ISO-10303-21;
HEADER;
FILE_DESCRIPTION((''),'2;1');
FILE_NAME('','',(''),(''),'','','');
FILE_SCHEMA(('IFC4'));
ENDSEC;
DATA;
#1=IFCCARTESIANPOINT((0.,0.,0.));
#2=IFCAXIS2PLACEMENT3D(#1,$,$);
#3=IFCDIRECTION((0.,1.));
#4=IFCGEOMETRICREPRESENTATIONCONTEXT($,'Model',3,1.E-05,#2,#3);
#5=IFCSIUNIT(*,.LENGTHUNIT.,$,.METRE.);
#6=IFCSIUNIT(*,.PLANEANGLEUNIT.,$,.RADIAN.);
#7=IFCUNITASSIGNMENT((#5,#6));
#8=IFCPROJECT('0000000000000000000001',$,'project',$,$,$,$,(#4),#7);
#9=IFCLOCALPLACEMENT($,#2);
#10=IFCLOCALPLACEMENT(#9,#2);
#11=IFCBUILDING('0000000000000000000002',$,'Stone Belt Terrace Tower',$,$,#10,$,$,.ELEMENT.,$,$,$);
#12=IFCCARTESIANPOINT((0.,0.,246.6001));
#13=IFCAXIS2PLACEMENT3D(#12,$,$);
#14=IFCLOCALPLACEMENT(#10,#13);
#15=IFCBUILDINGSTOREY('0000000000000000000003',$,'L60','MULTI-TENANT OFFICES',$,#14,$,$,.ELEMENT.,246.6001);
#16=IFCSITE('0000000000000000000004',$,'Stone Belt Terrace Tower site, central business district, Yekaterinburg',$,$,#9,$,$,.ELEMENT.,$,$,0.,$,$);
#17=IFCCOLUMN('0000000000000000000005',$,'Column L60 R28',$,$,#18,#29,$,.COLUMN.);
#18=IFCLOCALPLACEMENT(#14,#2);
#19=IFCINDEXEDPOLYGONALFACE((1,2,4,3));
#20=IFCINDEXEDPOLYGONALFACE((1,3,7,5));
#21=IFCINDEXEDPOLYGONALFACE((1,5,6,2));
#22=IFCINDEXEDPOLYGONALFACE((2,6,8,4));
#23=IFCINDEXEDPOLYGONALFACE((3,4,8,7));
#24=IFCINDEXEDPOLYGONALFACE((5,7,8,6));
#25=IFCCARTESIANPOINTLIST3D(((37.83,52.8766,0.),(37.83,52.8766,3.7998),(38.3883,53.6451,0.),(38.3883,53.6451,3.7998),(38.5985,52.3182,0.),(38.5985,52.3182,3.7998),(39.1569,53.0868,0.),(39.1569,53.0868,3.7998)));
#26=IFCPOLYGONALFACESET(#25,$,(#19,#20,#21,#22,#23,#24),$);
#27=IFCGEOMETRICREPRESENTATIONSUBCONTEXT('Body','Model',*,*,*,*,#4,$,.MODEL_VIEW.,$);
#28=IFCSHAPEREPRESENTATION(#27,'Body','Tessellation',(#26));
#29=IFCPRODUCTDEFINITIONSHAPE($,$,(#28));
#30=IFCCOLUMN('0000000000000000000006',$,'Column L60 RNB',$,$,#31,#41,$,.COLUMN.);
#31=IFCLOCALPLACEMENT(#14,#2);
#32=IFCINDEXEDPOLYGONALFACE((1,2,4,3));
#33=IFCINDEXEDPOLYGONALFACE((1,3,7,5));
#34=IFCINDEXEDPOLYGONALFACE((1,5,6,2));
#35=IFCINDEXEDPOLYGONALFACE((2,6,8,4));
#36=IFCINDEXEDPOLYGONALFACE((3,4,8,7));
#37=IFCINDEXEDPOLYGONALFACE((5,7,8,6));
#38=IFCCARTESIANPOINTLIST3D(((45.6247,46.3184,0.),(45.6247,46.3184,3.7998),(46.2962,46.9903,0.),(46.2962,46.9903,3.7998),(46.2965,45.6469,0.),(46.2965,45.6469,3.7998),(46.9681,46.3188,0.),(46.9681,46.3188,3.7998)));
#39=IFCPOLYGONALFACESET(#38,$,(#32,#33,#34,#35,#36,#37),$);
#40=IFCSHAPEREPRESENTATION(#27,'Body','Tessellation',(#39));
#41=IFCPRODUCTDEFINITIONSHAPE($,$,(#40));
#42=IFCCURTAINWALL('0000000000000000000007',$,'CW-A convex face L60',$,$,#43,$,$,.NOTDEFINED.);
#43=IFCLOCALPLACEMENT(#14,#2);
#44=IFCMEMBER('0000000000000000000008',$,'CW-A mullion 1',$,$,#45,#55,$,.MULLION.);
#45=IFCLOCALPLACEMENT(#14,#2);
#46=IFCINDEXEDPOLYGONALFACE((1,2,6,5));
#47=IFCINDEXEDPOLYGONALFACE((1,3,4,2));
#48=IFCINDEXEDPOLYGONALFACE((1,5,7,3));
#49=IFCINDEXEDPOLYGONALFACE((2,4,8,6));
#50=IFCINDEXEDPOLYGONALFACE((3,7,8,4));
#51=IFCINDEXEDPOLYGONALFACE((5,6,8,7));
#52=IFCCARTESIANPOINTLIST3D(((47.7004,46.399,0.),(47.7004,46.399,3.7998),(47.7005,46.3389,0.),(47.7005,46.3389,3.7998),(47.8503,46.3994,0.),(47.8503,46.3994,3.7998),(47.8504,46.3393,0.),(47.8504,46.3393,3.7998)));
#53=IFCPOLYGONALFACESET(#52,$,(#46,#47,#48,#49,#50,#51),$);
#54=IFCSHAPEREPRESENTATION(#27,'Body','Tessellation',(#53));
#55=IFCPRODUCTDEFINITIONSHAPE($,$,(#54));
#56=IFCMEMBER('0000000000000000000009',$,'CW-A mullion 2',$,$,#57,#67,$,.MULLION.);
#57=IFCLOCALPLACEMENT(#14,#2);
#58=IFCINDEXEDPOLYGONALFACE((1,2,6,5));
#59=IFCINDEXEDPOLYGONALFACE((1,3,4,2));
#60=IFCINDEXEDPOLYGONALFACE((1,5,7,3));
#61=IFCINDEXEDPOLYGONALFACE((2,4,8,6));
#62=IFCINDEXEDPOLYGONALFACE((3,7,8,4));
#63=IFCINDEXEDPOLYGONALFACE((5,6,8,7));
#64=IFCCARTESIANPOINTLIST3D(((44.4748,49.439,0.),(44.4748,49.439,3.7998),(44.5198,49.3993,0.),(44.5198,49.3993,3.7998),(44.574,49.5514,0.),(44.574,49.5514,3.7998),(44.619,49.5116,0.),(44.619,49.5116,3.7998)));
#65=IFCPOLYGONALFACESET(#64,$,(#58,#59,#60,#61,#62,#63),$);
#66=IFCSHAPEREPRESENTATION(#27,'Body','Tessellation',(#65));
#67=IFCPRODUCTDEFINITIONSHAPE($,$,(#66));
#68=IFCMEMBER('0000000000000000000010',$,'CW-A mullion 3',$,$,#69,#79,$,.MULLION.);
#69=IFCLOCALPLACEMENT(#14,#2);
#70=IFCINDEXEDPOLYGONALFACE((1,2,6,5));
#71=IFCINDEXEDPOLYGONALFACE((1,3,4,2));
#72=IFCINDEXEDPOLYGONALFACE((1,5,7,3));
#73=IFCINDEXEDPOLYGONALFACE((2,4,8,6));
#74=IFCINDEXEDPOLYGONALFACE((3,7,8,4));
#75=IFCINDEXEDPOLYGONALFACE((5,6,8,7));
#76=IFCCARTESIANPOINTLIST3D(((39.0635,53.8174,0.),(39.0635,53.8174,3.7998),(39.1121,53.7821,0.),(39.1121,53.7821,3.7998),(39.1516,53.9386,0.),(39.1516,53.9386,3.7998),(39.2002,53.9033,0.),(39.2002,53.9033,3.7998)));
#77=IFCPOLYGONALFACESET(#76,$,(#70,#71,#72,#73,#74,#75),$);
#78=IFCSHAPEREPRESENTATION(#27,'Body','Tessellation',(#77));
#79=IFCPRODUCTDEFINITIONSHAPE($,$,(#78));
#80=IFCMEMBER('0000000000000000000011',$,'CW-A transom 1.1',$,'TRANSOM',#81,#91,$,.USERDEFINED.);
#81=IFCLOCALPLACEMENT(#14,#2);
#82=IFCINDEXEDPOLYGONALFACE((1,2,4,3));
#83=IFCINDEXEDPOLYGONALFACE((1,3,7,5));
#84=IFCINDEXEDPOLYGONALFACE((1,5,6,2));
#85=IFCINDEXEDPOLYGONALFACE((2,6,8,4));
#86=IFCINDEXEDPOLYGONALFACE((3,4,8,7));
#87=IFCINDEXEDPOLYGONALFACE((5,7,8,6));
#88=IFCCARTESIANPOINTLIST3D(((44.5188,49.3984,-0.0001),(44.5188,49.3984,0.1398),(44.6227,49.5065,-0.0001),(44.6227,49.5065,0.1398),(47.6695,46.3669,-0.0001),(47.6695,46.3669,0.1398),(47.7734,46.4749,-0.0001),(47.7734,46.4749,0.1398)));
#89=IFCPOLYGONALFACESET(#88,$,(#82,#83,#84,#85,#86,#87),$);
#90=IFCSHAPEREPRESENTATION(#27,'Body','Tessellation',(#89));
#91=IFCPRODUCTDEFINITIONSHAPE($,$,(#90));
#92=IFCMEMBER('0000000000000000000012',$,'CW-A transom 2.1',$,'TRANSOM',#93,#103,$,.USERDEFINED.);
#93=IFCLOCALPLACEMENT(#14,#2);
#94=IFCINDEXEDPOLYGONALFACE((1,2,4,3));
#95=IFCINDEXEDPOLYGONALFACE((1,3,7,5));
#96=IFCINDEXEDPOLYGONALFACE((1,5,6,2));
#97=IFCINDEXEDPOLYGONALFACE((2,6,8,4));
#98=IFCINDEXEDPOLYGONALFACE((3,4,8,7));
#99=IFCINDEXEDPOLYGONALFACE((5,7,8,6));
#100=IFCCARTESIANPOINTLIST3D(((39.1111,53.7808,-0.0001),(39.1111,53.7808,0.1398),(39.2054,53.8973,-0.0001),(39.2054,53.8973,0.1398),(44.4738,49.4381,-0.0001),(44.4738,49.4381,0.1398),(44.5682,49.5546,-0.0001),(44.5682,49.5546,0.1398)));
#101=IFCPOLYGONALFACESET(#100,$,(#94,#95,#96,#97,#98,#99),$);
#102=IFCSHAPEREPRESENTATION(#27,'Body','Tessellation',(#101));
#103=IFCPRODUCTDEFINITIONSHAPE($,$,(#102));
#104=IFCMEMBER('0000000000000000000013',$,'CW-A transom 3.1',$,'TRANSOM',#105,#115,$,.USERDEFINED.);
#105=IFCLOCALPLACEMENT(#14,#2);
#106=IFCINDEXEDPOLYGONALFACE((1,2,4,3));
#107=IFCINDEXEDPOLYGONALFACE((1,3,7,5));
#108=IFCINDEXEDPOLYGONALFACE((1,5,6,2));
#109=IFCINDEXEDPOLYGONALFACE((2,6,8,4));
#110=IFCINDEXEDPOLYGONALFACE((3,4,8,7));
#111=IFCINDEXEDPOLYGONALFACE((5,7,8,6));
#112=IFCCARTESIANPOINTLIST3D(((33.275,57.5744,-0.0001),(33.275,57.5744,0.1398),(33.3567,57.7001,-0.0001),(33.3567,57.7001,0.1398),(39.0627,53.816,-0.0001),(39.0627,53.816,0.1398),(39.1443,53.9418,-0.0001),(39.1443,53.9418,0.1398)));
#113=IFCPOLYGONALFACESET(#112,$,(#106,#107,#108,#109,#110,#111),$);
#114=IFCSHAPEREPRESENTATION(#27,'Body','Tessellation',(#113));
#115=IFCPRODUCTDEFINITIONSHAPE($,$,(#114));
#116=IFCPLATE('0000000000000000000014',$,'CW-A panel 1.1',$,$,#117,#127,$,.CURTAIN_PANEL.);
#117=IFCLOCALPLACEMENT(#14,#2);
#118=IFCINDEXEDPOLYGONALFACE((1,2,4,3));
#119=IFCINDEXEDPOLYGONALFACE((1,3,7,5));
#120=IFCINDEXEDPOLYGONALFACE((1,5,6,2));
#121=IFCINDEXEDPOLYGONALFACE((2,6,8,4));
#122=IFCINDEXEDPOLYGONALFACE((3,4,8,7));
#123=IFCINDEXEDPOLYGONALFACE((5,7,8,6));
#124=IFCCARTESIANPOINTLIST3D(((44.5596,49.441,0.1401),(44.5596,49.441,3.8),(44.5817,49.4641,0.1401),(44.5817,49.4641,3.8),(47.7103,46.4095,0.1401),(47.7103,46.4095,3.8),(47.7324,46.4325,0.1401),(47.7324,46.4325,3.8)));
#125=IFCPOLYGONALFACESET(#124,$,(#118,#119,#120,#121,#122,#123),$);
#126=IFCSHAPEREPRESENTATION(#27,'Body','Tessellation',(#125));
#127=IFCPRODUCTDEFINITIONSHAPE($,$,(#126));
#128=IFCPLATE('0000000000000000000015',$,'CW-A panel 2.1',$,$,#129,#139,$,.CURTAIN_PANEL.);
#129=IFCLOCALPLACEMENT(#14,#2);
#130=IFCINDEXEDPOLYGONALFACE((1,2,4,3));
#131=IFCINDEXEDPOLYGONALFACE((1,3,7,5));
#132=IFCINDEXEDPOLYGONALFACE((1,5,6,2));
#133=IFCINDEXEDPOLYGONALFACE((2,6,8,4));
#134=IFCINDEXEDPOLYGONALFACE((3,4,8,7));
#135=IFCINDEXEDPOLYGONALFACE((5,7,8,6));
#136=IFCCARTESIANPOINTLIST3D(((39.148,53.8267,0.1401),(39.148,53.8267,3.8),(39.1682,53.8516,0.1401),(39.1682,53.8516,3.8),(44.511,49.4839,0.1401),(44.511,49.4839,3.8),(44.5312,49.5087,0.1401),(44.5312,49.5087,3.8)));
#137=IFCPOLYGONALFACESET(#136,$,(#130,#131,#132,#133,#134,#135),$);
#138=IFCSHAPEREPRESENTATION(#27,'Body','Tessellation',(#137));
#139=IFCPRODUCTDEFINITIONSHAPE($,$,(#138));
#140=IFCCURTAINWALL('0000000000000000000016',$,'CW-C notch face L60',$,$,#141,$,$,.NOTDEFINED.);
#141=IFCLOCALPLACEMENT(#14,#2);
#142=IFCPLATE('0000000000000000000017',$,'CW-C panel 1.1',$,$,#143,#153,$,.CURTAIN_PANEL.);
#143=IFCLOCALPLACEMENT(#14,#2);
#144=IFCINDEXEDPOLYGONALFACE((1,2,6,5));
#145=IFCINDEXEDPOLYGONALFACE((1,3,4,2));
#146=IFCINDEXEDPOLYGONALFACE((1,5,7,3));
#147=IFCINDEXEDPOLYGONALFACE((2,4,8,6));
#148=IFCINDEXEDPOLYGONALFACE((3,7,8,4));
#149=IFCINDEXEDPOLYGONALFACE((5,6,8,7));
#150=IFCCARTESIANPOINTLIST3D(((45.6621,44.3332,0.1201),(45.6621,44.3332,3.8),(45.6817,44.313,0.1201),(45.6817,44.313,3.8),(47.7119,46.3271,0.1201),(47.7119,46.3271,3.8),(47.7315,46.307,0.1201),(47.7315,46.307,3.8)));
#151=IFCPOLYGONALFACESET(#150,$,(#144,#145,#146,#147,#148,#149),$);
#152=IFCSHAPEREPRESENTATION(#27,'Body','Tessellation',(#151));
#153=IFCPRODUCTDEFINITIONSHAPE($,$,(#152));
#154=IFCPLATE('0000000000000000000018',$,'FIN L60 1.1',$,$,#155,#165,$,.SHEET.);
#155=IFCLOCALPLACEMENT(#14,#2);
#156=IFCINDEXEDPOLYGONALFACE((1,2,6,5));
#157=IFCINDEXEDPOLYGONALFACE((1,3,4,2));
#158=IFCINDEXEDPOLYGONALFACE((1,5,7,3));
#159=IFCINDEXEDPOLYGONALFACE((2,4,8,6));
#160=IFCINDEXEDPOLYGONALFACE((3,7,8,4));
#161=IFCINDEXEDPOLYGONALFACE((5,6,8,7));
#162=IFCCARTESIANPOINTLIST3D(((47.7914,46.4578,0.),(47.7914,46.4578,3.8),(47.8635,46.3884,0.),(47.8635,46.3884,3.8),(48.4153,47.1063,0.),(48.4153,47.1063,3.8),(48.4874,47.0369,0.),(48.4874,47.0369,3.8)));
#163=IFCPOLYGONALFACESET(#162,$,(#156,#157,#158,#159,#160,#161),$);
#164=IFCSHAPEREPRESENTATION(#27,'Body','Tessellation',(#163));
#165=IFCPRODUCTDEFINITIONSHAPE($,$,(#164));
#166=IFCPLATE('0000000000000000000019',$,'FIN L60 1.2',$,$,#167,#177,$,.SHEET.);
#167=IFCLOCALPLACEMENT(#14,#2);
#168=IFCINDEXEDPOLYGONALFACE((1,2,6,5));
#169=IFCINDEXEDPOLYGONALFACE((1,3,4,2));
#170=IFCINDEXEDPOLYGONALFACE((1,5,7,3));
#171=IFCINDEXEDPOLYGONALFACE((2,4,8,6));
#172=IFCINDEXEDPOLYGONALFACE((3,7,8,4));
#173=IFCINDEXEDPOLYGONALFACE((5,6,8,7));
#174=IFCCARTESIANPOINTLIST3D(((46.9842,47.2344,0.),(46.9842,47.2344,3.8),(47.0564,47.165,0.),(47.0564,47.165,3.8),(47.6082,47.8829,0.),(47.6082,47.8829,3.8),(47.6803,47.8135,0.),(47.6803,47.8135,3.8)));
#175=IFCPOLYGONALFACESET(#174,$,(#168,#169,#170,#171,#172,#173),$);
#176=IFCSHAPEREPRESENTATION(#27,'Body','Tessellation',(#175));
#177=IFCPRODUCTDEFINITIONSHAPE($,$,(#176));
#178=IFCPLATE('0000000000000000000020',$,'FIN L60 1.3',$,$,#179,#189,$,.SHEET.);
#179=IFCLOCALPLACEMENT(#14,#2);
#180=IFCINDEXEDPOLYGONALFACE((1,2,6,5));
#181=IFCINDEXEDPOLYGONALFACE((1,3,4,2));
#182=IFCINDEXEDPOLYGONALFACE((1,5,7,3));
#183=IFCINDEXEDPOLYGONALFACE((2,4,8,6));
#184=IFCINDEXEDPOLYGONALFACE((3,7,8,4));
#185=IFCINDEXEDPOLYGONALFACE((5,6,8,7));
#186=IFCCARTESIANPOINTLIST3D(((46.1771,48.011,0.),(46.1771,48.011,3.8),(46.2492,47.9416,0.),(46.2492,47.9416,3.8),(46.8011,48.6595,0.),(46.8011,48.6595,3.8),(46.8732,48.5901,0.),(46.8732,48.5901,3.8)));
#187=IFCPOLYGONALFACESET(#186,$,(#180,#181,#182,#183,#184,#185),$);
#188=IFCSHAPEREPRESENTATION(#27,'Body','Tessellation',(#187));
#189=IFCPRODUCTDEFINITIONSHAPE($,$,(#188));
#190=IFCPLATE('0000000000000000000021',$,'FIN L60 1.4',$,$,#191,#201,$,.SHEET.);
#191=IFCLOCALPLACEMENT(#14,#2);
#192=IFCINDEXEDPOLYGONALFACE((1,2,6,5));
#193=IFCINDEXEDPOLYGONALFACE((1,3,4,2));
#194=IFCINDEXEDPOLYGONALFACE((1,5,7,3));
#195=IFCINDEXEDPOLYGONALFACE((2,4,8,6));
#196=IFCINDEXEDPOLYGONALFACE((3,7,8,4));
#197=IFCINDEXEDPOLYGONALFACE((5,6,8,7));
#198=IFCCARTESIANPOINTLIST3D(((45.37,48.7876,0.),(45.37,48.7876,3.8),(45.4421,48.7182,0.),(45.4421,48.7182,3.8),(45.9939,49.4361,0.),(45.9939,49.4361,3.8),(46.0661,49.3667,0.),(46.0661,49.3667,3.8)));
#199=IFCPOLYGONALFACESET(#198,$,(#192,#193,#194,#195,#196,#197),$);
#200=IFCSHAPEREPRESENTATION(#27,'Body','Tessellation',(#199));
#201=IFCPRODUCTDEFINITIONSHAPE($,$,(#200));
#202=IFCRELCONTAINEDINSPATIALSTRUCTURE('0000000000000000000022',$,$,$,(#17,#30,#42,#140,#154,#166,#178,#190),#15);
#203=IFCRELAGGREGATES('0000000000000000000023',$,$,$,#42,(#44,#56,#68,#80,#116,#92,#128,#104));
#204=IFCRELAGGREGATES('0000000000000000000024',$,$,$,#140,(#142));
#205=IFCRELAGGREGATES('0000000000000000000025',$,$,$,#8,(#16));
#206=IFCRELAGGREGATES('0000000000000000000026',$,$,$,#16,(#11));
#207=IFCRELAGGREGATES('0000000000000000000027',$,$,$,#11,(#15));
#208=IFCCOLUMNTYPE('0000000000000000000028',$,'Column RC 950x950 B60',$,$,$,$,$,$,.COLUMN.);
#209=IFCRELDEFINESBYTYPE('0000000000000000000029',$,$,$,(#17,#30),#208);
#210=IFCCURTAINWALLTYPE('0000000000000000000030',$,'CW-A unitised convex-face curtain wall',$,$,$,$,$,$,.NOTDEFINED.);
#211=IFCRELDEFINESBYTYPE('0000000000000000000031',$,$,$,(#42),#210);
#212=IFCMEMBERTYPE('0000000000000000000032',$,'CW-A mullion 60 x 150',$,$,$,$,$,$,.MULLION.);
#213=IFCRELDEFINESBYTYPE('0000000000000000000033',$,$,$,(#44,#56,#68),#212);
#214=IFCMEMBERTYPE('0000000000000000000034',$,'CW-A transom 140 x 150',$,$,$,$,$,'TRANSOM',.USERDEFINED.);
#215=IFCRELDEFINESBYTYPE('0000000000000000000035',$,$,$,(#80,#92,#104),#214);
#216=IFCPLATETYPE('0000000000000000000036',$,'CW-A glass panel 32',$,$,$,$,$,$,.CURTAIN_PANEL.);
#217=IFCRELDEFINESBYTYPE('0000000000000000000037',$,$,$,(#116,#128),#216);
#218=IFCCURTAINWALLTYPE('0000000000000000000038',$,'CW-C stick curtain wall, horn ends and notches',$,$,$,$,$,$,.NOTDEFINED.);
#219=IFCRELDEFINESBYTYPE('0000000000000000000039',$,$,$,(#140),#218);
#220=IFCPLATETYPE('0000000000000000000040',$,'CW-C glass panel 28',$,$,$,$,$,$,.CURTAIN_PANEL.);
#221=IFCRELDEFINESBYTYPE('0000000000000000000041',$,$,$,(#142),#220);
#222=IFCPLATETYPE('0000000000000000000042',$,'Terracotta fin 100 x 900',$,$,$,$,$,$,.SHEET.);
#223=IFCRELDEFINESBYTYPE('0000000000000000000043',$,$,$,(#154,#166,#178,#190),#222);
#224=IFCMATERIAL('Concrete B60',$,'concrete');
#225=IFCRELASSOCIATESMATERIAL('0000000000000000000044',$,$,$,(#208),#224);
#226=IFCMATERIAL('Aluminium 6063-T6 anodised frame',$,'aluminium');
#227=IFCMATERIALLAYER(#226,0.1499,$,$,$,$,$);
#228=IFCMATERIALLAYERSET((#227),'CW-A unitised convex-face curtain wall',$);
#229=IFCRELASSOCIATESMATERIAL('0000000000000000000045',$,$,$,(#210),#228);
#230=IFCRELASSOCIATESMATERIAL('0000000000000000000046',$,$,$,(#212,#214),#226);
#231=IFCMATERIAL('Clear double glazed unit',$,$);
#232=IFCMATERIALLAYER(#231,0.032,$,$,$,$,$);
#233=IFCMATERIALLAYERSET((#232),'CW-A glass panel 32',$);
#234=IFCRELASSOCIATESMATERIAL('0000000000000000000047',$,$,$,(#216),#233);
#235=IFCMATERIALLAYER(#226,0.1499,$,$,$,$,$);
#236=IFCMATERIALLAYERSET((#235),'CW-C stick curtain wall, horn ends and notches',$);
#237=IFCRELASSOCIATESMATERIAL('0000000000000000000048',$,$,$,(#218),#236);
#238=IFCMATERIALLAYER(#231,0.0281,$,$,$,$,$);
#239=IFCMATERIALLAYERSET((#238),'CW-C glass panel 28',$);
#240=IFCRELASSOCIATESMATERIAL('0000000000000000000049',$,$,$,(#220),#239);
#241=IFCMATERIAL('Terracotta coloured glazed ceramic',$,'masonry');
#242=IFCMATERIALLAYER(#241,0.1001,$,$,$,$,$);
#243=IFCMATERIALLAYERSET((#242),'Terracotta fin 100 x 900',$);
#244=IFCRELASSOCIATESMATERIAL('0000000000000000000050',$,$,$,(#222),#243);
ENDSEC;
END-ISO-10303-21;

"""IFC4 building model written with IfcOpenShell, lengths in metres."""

from ifc_helpers import new_model, si_unit, direction, frame, origin, origin_2d, place, context, subcontext, project, spatial, rectangle, extrude, material, layer, layer_set, material_profile, profile_set, type_object, element, aggregate, save


model = new_model("IFC4")

# Units and contexts
model_context = context("Model", 3, precision=1e-05, world=origin(), true_north=direction((0.0, 1.0)))
body_context = subcontext(model_context, "Body", "Model", "MODEL_VIEW")
ifc_project = project(units=[si_unit("LENGTHUNIT", "METRE"), si_unit("PLANEANGLEUNIT", "RADIAN")], contexts=[model_context])

# Site, building, storey
site_placement = place(None, origin())
site = spatial("IfcSite", under=ifc_project, at=site_placement, Name="Stone Belt Terrace Tower site, central business district, Yekaterinburg", CompositionType="ELEMENT", RefElevation=0.0)
building_placement = place(site_placement, origin())
building = spatial("IfcBuilding", under=site, at=building_placement, Name="Stone Belt Terrace Tower", CompositionType="ELEMENT")
storey_placement = place(building_placement, frame((0.0, 0.0, 246.6001)))
storey = spatial("IfcBuildingStorey", under=building, at=storey_placement, Name="L60", Description="MULTI-TENANT OFFICES", CompositionType="ELEMENT", Elevation=246.6001)

# Columns
ifc_material_1 = material(Name="Concrete B60", Category="concrete")
ifc_material_profile_1 = material_profile(ifc_material_1, rectangle(XDim=0.95, YDim=0.95, at=origin_2d()), Name="RC 950x950")
ifc_profile_set_1 = profile_set([ifc_material_profile_1], Name="Concrete B60")
column_type = type_object("IfcColumnType", Name="Column RC 950x950 B60", PredefinedType="COLUMN", material=ifc_profile_set_1)
for number, where, z_axis, x_axis, name in (
    (1, (38.4934, 52.9817, 0.0), (0.0, 0.0, 1.0), (0.809017, -0.587785, 0.0), "Column L60 R28"),
    (2, (46.2964, 46.3186, 0.0), (0.0, 0.0, 1.0), (0.707276, -0.706938, 0.0), "Column L60 RNB"),
):
    element("IfcColumn", number, at=place(storey_placement, frame(where, z_axis=z_axis, x_axis=x_axis)), inside=storey, type_object=column_type, Name=name, PredefinedType="COLUMN", context=body_context, shape_type="SweptSolid", body=[
        extrude(rectangle(XDim=0.95, YDim=0.95, at=origin_2d()), origin(), (0.0, 0.0, 1.0), 3.7998),
    ])

# Curtain wall, members, plates
ifc_material_2 = material(Name="Aluminium 6063-T6 anodised frame", Category="aluminium")
ifc_layer_1 = layer(ifc_material_2, 0.1499)
ifc_layer_set_1 = layer_set([ifc_layer_1], Name="CW-A unitised convex-face curtain wall")
curtain_wall_type_1 = type_object("IfcCurtainWallType", Name="CW-A unitised convex-face curtain wall", PredefinedType="NOTDEFINED", material=ifc_layer_set_1)
curtain_wall_1_placement = place(storey_placement, origin())
curtain_wall_1 = element("IfcCurtainWall", 3, at=curtain_wall_1_placement, inside=storey, type_object=curtain_wall_type_1, Name="CW-A convex face L60", PredefinedType="NOTDEFINED")
ifc_material_profile_2 = material_profile(ifc_material_2, rectangle(XDim=0.1499, YDim=0.0601, at=origin_2d()), Name="Aluminium 6063-T6 60x150")
ifc_profile_set_2 = profile_set([ifc_material_profile_2], Name="Aluminium 6063-T6 anodised frame")
member_type_1 = type_object("IfcMemberType", Name="CW-A mullion 60 x 150", PredefinedType="MULLION", material=ifc_profile_set_2)
member_1_placement = place(storey_placement, frame((47.7754, 46.3691, 0.0), z_axis=(0.0, 0.0, 1.0), x_axis=(-0.999996, -0.002733, 0.0)))
member_1 = element("IfcMember", 4, at=member_1_placement, type_object=member_type_1, Name="CW-A mullion 1", PredefinedType="MULLION", context=body_context, shape_type="SweptSolid", body=[
    extrude(rectangle(XDim=0.1499, YDim=0.0601, at=origin_2d()), origin(), (0.0, 0.0, 1.0), 3.7998),
])
member_2_placement = place(storey_placement, frame((44.5469, 49.4753, 0.0), z_axis=(0.0, 0.0, 1.0), x_axis=(-0.661937, -0.749559, 0.0)))
member_2 = element("IfcMember", 5, at=member_2_placement, type_object=member_type_1, Name="CW-A mullion 2", PredefinedType="MULLION", context=body_context, shape_type="SweptSolid", body=[
    extrude(rectangle(XDim=0.1499, YDim=0.0601, at=origin_2d()), origin(), (0.0, 0.0, 1.0), 3.7998),
])
member_3_placement = place(storey_placement, frame((39.1318, 53.8604, 0.0), z_axis=(0.0, 0.0, 1.0), x_axis=(-0.587785, -0.809017, 0.0)))
member_3 = element("IfcMember", 6, at=member_3_placement, type_object=member_type_1, Name="CW-A mullion 3", PredefinedType="MULLION", context=body_context, shape_type="SweptSolid", body=[
    extrude(rectangle(XDim=0.1499, YDim=0.0601, at=origin_2d()), origin(), (0.0, 0.0, 1.0), 3.7998),
])
ifc_material_profile_3 = material_profile(ifc_material_2, rectangle(XDim=0.1499, YDim=0.1399, at=origin_2d()), Name="Aluminium 6063-T6 150x140")
ifc_profile_set_3 = profile_set([ifc_material_profile_3], Name="Aluminium 6063-T6 anodised frame")
member_type_2 = type_object("IfcMemberType", Name="CW-A transom 140 x 150", ElementType="TRANSOM", PredefinedType="USERDEFINED", material=ifc_profile_set_3)
member_4_placement = place(storey_placement, frame((47.7214, 46.4209, 0.0698), z_axis=(-0.7206, 0.693351, 0.0), x_axis=(-0.693351, -0.7206, 0.0)))
member_4 = element("IfcMember", 7, at=member_4_placement, type_object=member_type_2, Name="CW-A transom 1.1", ObjectType="TRANSOM", PredefinedType="USERDEFINED", context=body_context, shape_type="SweptSolid", body=[
    extrude(rectangle(XDim=0.1499, YDim=0.1399, at=origin_2d()), origin(), (0.0, 0.0, 1.0), 4.3723),
])
member_5_placement = place(storey_placement, frame((44.521, 49.4963, 0.0698), z_axis=(-0.777141, 0.629326, 0.0), x_axis=(-0.629326, -0.777141, 0.0)))
member_5 = element("IfcMember", 8, at=member_5_placement, type_object=member_type_2, Name="CW-A transom 2.1", ObjectType="TRANSOM", PredefinedType="USERDEFINED", context=body_context, shape_type="SweptSolid", body=[
    extrude(rectangle(XDim=0.1499, YDim=0.1399, at=origin_2d()), origin(), (0.0, 0.0, 1.0), 6.9006),
])
member_6_placement = place(storey_placement, frame((39.1035, 53.8789, 0.0698), z_axis=(-0.838684, 0.544618, 0.0), x_axis=(-0.544618, -0.838684, 0.0)))
member_6 = element("IfcMember", 9, at=member_6_placement, type_object=member_type_2, Name="CW-A transom 3.1", ObjectType="TRANSOM", PredefinedType="USERDEFINED", context=body_context, shape_type="SweptSolid", body=[
    extrude(rectangle(XDim=0.1499, YDim=0.1399, at=origin_2d()), origin(), (0.0, 0.0, 1.0), 6.9009),
])
ifc_material_3 = material(Name="Clear double glazed unit")
ifc_layer_2 = layer(ifc_material_3, 0.032)
ifc_layer_set_2 = layer_set([ifc_layer_2], Name="CW-A glass panel 32")
plate_type_1 = type_object("IfcPlateType", Name="CW-A glass panel 32", PredefinedType="CURTAIN_PANEL", material=ifc_layer_set_2)
plate_1_placement = place(storey_placement, frame((46.146, 47.9368, 0.1401), z_axis=(0.0, 0.0, 1.0), x_axis=(-0.720604, 0.693346, 0.0)))
plate_1 = element("IfcPlate", 10, at=plate_1_placement, type_object=plate_type_1, Name="CW-A panel 1.1", PredefinedType="CURTAIN_PANEL", context=body_context, shape_type="SweptSolid", body=[
    extrude(rectangle(XDim=4.3723, YDim=0.032, at=origin_2d()), origin(), (0.0, 0.0, 1.0), 3.6599),
])
plate_2_placement = place(storey_placement, frame((41.8396, 51.6677, 0.1401), z_axis=(0.0, 0.0, 1.0), x_axis=(-0.777146, 0.62932, 0.0)))
plate_2 = element("IfcPlate", 11, at=plate_2_placement, type_object=plate_type_1, Name="CW-A panel 2.1", PredefinedType="CURTAIN_PANEL", context=body_context, shape_type="SweptSolid", body=[
    extrude(rectangle(XDim=6.9009, YDim=0.032, at=origin_2d()), origin(), (0.0, 0.0, 1.0), 3.6599),
])
aggregate(curtain_wall_1, [member_1, member_2, member_3, member_4, plate_1, member_5, plate_2, member_6])

# Curtain wall, plate
ifc_layer_3 = layer(ifc_material_2, 0.1499)
ifc_layer_set_3 = layer_set([ifc_layer_3], Name="CW-C stick curtain wall, horn ends and notches")
curtain_wall_type_2 = type_object("IfcCurtainWallType", Name="CW-C stick curtain wall, horn ends and notches", PredefinedType="NOTDEFINED", material=ifc_layer_set_3)
curtain_wall_2_placement = place(storey_placement, origin())
curtain_wall_2 = element("IfcCurtainWall", 12, at=curtain_wall_2_placement, inside=storey, type_object=curtain_wall_type_2, Name="CW-C notch face L60", PredefinedType="NOTDEFINED")
ifc_layer_4 = layer(ifc_material_3, 0.0281)
ifc_layer_set_4 = layer_set([ifc_layer_4], Name="CW-C glass panel 28")
plate_type_2 = type_object("IfcPlateType", Name="CW-C glass panel 28", PredefinedType="CURTAIN_PANEL", material=ifc_layer_set_4)
plate_3_placement = place(storey_placement, frame((46.6968, 45.3201, 0.1201), z_axis=(0.0, 0.0, 1.0), x_axis=(0.716803, 0.697275, 0.0)))
plate_3 = element("IfcPlate", 13, at=plate_3_placement, type_object=plate_type_2, Name="CW-C panel 1.1", PredefinedType="CURTAIN_PANEL", context=body_context, shape_type="SweptSolid", body=[
    extrude(rectangle(XDim=2.8596, YDim=0.0281, at=origin_2d()), origin(), (0.0, 0.0, 1.0), 3.6799),
])
aggregate(curtain_wall_2, [plate_3])

# Plates
ifc_material_4 = material(Name="Terracotta coloured glazed ceramic", Category="masonry")
ifc_layer_5 = layer(ifc_material_4, 0.1001)
ifc_layer_set_5 = layer_set([ifc_layer_5], Name="Terracotta fin 100 x 900")
plate_type_3 = type_object("IfcPlateType", Name="Terracotta fin 100 x 900", PredefinedType="SHEET", material=ifc_layer_set_5)
for number, where, z_axis, x_axis, name in (
    (14, (48.1394, 46.7473, 0.0), (0.0, 0.0, 1.0), (0.693346, 0.720604, 0.0), "FIN L60 1.1"),
    (15, (47.3323, 47.5239, 0.0), (0.0, 0.0, 1.0), (0.693346, 0.720604, 0.0), "FIN L60 1.2"),
    (16, (46.5251, 48.3005, 0.0), (0.0, 0.0, 1.0), (0.693346, 0.720604, 0.0), "FIN L60 1.3"),
    (17, (45.718, 49.0771, 0.0), (0.0, 0.0, 1.0), (0.693346, 0.720604, 0.0), "FIN L60 1.4"),
):
    element("IfcPlate", number, at=place(storey_placement, frame(where, z_axis=z_axis, x_axis=x_axis)), inside=storey, type_object=plate_type_3, Name=name, PredefinedType="SHEET", context=body_context, shape_type="SweptSolid", body=[
        extrude(rectangle(XDim=0.8999, YDim=0.1001, at=origin_2d()), origin(), (0.0, 0.0, 1.0), 3.8),
    ])

save(model, "model.ifc")
